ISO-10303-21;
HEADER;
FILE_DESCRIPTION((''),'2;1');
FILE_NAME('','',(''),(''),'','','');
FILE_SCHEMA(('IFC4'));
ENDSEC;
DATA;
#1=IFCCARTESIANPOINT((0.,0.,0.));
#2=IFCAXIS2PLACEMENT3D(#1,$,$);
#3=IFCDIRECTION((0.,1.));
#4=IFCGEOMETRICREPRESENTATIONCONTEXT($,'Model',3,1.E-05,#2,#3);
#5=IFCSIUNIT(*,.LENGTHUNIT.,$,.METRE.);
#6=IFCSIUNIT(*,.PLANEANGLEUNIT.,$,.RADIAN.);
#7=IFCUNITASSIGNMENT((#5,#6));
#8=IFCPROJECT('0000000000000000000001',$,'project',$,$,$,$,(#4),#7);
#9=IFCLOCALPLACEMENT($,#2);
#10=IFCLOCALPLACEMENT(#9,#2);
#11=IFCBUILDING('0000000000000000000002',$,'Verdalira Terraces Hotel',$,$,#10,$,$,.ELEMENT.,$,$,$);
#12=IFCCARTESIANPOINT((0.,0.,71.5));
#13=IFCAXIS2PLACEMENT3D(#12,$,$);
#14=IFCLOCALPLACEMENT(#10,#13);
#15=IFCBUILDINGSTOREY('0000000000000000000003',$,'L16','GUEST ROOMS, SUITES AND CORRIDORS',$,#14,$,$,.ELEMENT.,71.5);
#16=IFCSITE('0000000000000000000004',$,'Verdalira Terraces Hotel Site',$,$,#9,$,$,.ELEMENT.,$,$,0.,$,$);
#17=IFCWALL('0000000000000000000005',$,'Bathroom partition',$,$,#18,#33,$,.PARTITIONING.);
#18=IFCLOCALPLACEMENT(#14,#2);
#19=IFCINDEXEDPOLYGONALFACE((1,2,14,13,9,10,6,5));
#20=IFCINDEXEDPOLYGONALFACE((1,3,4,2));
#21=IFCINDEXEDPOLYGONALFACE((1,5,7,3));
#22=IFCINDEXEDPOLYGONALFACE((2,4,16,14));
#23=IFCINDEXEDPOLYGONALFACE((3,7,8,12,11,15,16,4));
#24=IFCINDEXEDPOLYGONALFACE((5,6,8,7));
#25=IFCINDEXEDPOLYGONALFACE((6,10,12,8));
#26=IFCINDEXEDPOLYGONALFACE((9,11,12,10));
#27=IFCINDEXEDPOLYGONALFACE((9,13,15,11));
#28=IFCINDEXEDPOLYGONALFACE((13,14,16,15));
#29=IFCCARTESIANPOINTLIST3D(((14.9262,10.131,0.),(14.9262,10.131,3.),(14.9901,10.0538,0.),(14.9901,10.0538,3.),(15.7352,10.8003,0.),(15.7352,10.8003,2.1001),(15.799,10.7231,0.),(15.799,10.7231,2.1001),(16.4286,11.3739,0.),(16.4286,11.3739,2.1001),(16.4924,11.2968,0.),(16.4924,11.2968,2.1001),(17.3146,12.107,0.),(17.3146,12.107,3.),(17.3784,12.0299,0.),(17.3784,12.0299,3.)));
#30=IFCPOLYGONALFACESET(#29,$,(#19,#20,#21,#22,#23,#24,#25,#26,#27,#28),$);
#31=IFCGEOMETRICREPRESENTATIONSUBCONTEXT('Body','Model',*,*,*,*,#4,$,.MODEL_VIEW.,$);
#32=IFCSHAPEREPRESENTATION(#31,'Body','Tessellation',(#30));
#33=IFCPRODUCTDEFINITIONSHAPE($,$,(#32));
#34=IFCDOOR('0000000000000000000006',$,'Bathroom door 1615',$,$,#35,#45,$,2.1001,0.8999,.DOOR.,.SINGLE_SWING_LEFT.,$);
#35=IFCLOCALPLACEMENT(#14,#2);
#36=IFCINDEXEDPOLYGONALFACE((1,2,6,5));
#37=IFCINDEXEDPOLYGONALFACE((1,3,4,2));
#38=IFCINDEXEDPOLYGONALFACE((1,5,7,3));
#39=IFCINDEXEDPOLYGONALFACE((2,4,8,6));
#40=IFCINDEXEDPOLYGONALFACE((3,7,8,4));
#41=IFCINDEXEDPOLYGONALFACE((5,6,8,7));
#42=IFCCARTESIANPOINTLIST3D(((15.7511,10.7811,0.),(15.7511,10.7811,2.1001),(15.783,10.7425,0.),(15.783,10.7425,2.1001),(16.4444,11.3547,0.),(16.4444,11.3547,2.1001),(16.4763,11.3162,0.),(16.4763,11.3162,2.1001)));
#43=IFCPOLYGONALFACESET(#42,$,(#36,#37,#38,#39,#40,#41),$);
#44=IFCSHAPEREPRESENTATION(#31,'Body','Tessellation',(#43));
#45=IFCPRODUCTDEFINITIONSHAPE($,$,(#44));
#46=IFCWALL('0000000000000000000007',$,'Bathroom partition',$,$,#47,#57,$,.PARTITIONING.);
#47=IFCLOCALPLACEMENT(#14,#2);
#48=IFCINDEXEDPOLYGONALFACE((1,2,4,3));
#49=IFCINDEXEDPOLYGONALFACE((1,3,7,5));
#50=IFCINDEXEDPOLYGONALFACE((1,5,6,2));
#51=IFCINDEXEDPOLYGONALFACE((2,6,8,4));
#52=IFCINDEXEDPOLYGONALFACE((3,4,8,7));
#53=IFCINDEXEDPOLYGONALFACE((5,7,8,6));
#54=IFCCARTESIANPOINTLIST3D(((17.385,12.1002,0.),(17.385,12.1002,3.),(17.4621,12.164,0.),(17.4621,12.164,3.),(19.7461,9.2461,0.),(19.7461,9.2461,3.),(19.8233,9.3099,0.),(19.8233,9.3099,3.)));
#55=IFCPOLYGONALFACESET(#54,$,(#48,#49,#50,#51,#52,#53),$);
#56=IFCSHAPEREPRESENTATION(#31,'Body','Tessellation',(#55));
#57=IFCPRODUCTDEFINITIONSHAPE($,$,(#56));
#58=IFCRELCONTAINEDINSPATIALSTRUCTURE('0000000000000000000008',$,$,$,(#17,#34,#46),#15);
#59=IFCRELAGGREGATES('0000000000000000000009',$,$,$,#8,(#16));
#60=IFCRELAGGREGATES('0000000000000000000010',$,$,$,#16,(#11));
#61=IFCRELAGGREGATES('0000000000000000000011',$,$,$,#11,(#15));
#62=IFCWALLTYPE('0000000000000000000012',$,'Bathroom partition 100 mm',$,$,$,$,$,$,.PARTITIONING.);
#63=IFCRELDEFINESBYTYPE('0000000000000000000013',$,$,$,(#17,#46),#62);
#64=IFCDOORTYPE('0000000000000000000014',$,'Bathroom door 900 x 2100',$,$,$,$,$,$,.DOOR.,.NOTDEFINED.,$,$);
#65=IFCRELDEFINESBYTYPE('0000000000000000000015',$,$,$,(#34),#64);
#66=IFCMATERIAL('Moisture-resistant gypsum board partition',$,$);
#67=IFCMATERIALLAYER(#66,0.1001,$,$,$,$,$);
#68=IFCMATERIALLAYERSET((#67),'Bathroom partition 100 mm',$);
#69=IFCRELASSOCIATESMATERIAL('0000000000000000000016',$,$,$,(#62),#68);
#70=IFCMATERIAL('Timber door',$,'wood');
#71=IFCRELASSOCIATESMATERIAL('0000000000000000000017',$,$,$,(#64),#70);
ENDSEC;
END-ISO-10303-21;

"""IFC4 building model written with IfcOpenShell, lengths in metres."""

from ifc_helpers import new_model, si_unit, direction, frame, frame_2d, origin, place, context, subcontext, project, spatial, rectangle, extrude, material, layer, layer_set, type_object, element, fill, save


model = new_model("IFC4")

# Units and contexts
model_context = context("Model", 3, precision=1e-05, world=origin(), true_north=direction((0.0, 1.0)))
body_context = subcontext(model_context, "Body", "Model", "MODEL_VIEW")
ifc_project = project(units=[si_unit("LENGTHUNIT", "METRE"), si_unit("PLANEANGLEUNIT", "RADIAN")], contexts=[model_context])

# Site, building, storey
site_placement = place(None, origin())
site = spatial("IfcSite", under=ifc_project, at=site_placement, Name="Verdalira Terraces Hotel Site", CompositionType="ELEMENT", RefElevation=0.0)
building_placement = place(site_placement, origin())
building = spatial("IfcBuilding", under=site, at=building_placement, Name="Verdalira Terraces Hotel", CompositionType="ELEMENT")
storey_placement = place(building_placement, frame((0.0, 0.0, 71.5)))
storey = spatial("IfcBuildingStorey", under=building, at=storey_placement, Name="L16", Description="GUEST ROOMS, SUITES AND CORRIDORS", CompositionType="ELEMENT", Elevation=71.5)

# Wall, opening, door
ifc_material_1 = material(Name="Moisture-resistant gypsum board partition")
ifc_layer_1 = layer(ifc_material_1, 0.1001)
ifc_layer_set_1 = layer_set([ifc_layer_1], Name="Bathroom partition 100 mm")
wall_type_1 = type_object("IfcWallType", Name="Bathroom partition 100 mm", PredefinedType="PARTITIONING", material=ifc_layer_set_1)
wall_1_placement = place(storey_placement, frame((17.3464, 12.0684, 0.0), z_axis=(0.0, 0.0, 1.0), x_axis=(-0.770482, -0.637461, 0.0)))
wall_1 = element("IfcWall", 1, at=wall_1_placement, inside=storey, type_object=wall_type_1, Name="Bathroom partition", PredefinedType="PARTITIONING", context=body_context, shape_type="SweptSolid", body=[
    extrude(rectangle(XDim=3.0999, YDim=0.1001, at=frame_2d((1.5498, 0.0))), origin(), (0.0, 0.0, 1.0), 3.0),
])
opening_1_placement = place(wall_1_placement, frame((1.1499, 0.0, 0.0)))
opening_1 = element("IfcOpeningElement", 2, at=opening_1_placement, cuts=wall_1, PredefinedType="OPENING", context=body_context, shape_type="SweptSolid", body=[
    extrude(rectangle(XDim=0.8999, YDim=2.1001, at=frame_2d((0.45, 1.05))), frame((0.0, 0.0601, 0.0), z_axis=(0.0, -1.0, 0.0), x_axis=(1.0, 0.0, 0.0)), (0.0, 0.0, 1.0), 0.1201),
])
ifc_material_2 = material(Name="Timber door", Category="wood")
door_type_1 = type_object("IfcDoorType", Name="Bathroom door 900 x 2100", OperationType="NOTDEFINED", PredefinedType="DOOR", material=ifc_material_2)
door_1_placement = place(opening_1_placement, origin())
door_1 = element("IfcDoor", 3, at=door_1_placement, inside=storey, type_object=door_type_1, Name="Bathroom door 1615", OperationType="SINGLE_SWING_LEFT", OverallHeight=2.1001, OverallWidth=0.8999, PredefinedType="DOOR", context=body_context, shape_type="SweptSolid", body=[
    extrude(rectangle(XDim=0.8999, YDim=2.1001, at=frame_2d((0.45, 1.05))), frame((0.0, 0.0249, 0.0), z_axis=(0.0, -1.0, 0.0), x_axis=(1.0, 0.0, 0.0)), (0.0, 0.0, 1.0), 0.05),
])
fill(opening_1, door_1)

# Wall
wall_2_placement = place(storey_placement, frame((17.4236, 12.1321, 0.0), z_axis=(0.0, 0.0, 1.0), x_axis=(0.637431, -0.770507, 0.0)))
element("IfcWall", 4, at=wall_2_placement, inside=storey, type_object=wall_type_1, Name="Bathroom partition", PredefinedType="PARTITIONING", context=body_context, shape_type="SweptSolid", body=[
    extrude(rectangle(XDim=3.7041, YDim=0.1001, at=frame_2d((1.8521, 0.0))), origin(), (0.0, 0.0, 1.0), 3.0),
])

save(model, "model.ifc")
